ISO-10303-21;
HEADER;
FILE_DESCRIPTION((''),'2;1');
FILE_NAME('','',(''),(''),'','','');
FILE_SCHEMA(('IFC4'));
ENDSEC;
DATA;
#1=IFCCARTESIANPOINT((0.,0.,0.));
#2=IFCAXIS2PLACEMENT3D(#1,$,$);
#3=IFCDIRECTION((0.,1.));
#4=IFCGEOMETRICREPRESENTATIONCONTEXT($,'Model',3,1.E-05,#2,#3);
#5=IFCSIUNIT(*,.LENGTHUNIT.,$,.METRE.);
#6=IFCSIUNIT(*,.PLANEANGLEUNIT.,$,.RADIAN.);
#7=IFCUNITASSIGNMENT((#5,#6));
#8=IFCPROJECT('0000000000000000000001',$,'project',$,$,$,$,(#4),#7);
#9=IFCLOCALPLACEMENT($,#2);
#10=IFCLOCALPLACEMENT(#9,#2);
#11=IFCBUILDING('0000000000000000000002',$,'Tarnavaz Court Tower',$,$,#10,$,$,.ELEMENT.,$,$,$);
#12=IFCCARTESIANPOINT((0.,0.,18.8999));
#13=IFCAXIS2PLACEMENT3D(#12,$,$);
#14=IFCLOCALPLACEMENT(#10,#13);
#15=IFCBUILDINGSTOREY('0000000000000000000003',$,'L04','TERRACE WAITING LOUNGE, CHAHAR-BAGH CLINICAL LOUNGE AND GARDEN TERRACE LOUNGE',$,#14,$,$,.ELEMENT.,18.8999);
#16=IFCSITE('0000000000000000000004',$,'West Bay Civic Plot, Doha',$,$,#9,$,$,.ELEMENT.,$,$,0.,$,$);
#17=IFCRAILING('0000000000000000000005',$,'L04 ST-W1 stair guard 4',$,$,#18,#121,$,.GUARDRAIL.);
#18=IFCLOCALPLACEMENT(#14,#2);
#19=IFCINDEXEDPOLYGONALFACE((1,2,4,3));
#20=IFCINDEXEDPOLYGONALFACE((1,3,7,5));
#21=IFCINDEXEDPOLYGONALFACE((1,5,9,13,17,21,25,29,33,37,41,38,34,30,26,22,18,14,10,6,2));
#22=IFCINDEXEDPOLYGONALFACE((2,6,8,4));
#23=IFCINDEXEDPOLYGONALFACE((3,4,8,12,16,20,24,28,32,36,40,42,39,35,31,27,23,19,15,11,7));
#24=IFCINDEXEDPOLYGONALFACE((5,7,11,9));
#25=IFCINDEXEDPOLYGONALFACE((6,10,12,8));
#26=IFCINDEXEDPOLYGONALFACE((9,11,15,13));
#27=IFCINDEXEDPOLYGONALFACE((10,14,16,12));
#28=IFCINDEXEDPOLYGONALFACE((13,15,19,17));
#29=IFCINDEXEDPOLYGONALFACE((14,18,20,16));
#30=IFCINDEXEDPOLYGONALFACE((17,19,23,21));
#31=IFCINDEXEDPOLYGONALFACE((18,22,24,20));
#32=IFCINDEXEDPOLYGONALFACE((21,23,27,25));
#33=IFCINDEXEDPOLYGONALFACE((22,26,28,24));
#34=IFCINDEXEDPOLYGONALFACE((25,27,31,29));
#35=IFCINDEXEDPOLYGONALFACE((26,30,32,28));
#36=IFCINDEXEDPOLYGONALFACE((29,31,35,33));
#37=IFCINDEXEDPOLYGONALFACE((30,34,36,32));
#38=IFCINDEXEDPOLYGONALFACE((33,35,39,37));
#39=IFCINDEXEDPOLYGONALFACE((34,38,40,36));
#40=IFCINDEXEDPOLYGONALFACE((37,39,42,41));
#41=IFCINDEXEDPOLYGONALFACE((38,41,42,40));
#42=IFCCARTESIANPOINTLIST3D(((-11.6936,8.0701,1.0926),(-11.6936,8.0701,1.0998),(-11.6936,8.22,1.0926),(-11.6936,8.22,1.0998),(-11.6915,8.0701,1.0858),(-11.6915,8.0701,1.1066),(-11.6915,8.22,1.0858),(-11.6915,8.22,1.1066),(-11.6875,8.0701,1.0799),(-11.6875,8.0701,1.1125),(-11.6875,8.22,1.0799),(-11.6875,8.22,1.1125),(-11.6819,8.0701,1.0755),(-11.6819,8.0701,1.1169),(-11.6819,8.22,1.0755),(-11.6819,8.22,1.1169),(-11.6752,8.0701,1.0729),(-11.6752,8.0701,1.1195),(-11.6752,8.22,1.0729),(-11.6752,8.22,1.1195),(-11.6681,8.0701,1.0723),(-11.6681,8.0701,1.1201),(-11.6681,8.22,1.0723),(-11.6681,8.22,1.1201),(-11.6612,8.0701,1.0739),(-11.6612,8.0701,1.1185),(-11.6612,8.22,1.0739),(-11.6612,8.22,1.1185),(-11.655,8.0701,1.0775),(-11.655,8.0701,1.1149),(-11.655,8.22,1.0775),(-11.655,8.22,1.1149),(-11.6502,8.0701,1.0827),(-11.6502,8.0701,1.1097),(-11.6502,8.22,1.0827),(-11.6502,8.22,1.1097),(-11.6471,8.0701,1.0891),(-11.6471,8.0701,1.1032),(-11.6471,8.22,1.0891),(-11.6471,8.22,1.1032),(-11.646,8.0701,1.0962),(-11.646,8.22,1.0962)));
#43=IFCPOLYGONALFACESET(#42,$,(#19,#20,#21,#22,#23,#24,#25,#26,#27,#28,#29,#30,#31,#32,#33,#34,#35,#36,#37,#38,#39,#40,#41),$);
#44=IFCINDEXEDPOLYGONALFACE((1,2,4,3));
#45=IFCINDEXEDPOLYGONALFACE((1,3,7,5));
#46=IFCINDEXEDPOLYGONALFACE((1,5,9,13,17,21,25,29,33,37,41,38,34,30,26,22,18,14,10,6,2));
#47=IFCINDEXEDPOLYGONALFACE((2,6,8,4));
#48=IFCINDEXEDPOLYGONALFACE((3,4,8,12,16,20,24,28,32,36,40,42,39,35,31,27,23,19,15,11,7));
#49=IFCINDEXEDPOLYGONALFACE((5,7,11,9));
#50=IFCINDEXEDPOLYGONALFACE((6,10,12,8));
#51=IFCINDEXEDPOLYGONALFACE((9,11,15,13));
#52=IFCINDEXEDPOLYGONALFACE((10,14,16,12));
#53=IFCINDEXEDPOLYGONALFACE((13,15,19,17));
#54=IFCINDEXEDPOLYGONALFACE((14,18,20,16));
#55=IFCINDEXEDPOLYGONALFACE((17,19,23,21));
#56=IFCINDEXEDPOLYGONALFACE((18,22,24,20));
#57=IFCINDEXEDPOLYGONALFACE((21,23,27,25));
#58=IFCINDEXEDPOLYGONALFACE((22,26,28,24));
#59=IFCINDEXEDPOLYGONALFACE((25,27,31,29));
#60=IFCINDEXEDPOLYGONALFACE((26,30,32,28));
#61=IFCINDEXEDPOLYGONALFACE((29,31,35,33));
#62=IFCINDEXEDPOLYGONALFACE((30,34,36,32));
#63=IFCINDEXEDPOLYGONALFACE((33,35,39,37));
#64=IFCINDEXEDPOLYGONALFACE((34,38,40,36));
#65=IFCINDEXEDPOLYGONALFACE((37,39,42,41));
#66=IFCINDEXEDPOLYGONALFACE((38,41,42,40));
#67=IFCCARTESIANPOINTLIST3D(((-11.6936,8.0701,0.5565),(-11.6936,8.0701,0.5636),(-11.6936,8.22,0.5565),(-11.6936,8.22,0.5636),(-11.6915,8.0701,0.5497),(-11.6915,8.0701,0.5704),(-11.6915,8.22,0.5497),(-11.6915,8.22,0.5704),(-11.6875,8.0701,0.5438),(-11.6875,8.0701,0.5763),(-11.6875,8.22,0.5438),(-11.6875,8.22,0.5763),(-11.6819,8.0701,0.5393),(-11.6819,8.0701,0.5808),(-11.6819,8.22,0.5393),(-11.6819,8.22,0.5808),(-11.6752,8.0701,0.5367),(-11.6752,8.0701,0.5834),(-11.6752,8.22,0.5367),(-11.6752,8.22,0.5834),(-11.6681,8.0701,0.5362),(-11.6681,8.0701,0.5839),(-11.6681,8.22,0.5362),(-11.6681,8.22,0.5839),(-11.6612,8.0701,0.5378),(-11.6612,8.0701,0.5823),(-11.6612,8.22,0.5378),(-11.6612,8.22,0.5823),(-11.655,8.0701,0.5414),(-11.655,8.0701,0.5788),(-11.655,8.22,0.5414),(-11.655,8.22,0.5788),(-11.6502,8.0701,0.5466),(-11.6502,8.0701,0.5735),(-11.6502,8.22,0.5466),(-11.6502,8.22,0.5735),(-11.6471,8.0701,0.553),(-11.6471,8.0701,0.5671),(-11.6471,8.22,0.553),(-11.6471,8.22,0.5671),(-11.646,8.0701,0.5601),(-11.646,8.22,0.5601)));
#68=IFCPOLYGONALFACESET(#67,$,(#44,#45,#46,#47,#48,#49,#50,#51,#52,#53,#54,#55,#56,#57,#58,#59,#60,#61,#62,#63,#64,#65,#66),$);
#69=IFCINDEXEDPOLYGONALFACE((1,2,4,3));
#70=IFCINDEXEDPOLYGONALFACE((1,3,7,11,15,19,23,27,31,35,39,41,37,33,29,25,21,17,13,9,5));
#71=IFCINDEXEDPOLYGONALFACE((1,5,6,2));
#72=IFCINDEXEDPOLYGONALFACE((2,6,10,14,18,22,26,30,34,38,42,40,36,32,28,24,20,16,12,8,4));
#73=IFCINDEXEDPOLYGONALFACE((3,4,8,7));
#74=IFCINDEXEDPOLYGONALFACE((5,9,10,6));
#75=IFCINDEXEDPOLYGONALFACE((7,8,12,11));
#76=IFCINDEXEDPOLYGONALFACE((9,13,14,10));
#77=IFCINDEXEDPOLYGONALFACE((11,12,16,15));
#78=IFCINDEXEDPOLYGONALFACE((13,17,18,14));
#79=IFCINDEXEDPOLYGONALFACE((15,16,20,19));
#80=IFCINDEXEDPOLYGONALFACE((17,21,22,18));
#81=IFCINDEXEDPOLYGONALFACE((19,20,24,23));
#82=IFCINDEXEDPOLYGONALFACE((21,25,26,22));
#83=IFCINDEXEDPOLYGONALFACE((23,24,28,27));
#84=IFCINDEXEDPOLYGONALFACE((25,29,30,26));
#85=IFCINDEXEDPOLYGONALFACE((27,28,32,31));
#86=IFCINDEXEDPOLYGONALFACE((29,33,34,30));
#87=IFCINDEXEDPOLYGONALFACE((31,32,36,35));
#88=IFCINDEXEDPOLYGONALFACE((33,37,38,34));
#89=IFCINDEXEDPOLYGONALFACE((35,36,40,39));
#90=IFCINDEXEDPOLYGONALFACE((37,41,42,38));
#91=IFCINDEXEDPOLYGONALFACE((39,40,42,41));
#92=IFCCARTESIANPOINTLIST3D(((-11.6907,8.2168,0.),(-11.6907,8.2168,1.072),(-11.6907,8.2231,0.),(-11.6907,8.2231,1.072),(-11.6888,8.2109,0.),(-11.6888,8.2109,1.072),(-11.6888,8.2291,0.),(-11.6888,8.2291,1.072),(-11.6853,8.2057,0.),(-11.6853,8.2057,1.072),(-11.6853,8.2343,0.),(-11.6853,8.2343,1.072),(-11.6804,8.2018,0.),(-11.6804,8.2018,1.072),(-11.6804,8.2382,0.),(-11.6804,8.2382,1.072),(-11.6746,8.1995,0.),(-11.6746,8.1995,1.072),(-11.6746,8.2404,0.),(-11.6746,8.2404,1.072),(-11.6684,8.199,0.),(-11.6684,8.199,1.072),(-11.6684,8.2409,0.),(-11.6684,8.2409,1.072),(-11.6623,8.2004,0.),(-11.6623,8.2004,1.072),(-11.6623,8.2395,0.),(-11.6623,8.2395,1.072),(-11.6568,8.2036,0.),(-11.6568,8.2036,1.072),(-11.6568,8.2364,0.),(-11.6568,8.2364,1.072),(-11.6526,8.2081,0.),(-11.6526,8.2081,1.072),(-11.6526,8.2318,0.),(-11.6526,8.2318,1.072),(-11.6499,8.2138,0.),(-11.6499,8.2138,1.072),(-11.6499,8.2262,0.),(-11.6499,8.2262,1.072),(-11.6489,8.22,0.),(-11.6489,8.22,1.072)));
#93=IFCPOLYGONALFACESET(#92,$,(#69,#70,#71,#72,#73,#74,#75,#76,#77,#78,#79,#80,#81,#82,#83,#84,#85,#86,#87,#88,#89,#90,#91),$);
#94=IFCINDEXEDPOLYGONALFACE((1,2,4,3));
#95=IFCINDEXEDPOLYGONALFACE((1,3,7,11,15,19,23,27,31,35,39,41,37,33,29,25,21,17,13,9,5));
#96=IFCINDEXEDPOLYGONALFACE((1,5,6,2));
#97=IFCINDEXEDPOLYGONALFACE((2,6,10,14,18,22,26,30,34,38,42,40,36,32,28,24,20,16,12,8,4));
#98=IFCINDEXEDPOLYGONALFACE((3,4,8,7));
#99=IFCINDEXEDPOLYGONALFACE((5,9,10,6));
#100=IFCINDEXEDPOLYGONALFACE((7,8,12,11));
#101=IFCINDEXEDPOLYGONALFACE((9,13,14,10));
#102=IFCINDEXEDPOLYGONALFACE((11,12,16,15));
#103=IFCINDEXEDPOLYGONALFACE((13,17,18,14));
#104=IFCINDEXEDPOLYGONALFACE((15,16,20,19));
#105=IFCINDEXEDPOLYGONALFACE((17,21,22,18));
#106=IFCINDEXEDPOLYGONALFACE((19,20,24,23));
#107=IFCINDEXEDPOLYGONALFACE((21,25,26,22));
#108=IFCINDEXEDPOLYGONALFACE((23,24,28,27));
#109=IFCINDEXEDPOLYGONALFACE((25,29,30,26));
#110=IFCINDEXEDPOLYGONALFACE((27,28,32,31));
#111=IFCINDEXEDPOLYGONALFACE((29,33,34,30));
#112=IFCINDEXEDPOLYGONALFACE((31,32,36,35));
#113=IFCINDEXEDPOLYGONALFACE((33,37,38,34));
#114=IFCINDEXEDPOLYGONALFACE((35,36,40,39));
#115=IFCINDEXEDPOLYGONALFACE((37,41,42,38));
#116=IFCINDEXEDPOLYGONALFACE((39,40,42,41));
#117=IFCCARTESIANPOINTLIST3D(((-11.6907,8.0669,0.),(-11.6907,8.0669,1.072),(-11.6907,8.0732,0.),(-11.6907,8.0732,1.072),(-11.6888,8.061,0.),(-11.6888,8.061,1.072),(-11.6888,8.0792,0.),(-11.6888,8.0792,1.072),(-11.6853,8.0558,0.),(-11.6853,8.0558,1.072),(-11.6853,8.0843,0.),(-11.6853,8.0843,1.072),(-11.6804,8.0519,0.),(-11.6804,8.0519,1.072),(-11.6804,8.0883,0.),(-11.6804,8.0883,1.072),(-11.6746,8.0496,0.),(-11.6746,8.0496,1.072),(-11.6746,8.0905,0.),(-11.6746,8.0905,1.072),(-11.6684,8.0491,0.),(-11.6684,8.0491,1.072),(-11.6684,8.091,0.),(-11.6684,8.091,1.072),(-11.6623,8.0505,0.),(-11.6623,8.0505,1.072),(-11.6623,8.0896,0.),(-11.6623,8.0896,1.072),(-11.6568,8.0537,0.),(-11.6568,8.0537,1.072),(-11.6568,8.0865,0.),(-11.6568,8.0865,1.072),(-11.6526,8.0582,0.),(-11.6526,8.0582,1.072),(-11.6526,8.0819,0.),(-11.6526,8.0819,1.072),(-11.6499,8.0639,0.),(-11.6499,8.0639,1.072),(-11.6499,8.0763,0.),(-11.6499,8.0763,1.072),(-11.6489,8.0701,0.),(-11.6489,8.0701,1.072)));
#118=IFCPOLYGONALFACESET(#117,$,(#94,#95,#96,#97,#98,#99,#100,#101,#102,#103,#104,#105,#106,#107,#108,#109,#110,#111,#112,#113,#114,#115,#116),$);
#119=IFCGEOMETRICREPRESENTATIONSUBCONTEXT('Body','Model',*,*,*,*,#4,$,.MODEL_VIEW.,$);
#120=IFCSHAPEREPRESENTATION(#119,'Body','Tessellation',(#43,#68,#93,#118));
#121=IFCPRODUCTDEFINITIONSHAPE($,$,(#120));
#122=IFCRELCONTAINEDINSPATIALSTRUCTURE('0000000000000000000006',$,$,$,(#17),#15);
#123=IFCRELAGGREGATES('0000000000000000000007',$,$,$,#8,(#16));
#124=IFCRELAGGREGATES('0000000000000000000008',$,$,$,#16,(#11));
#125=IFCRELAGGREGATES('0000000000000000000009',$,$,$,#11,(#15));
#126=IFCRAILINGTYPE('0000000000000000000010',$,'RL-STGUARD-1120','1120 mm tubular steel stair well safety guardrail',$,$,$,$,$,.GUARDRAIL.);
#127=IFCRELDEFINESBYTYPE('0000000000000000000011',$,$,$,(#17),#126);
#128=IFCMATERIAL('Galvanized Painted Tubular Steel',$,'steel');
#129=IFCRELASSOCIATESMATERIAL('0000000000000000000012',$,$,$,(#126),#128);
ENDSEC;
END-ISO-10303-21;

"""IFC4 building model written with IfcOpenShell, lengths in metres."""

from ifc_helpers import new_model, si_unit, direction, frame, origin, origin_2d, place, context, subcontext, project, spatial, circle, extrude, material, type_object, element, save


model = new_model("IFC4")

# Units and contexts
model_context = context("Model", 3, precision=1e-05, world=origin(), true_north=direction((0.0, 1.0)))
body_context = subcontext(model_context, "Body", "Model", "MODEL_VIEW")
ifc_project = project(units=[si_unit("LENGTHUNIT", "METRE"), si_unit("PLANEANGLEUNIT", "RADIAN")], contexts=[model_context])

# Site, building, storey
site_placement = place(None, origin())
site = spatial("IfcSite", under=ifc_project, at=site_placement, Name="West Bay Civic Plot, Doha", CompositionType="ELEMENT", RefElevation=0.0)
building_placement = place(site_placement, origin())
building = spatial("IfcBuilding", under=site, at=building_placement, Name="Tarnavaz Court Tower", CompositionType="ELEMENT")
storey_placement = place(building_placement, frame((0.0, 0.0, 18.8999)))
storey = spatial("IfcBuildingStorey", under=building, at=storey_placement, Name="L04", Description="TERRACE WAITING LOUNGE, CHAHAR-BAGH CLINICAL LOUNGE AND GARDEN TERRACE LOUNGE", CompositionType="ELEMENT", Elevation=18.8999)

# Railing
ifc_material_1 = material(Name="Galvanized Painted Tubular Steel", Category="steel")
railing_type = type_object("IfcRailingType", Name="RL-STGUARD-1120", Description="1120 mm tubular steel stair well safety guardrail", PredefinedType="GUARDRAIL", material=ifc_material_1)
railing_1_placement = place(storey_placement, frame((-11.6699, 8.22, 0.0)))
element("IfcRailing", 1, at=railing_1_placement, inside=storey, type_object=railing_type, Name="L04 ST-W1 stair guard 4", PredefinedType="GUARDRAIL", context=body_context, shape_type="SweptSolid", body=[
    extrude(circle(Radius=0.0239, at=origin_2d()), frame((0.0, 0.0, 1.0962), z_axis=(0.0, -1.0, 0.0), x_axis=(1.0, 0.0, 0.0)), (0.0, 0.0, 1.0), 0.1499),
    extrude(circle(Radius=0.0239, at=origin_2d()), frame((0.0, 0.0, 0.5601), z_axis=(0.0, -1.0, 0.0), x_axis=(1.0, 0.0, 0.0)), (0.0, 0.0, 1.0), 0.1499),
    extrude(circle(Radius=0.021, at=origin_2d()), origin(), (0.0, 0.0, 1.0), 1.072),
    extrude(circle(Radius=0.021, at=origin_2d()), frame((0.0, -0.1499, 0.0)), (0.0, 0.0, 1.0), 1.072),
])

save(model, "model.ifc")
